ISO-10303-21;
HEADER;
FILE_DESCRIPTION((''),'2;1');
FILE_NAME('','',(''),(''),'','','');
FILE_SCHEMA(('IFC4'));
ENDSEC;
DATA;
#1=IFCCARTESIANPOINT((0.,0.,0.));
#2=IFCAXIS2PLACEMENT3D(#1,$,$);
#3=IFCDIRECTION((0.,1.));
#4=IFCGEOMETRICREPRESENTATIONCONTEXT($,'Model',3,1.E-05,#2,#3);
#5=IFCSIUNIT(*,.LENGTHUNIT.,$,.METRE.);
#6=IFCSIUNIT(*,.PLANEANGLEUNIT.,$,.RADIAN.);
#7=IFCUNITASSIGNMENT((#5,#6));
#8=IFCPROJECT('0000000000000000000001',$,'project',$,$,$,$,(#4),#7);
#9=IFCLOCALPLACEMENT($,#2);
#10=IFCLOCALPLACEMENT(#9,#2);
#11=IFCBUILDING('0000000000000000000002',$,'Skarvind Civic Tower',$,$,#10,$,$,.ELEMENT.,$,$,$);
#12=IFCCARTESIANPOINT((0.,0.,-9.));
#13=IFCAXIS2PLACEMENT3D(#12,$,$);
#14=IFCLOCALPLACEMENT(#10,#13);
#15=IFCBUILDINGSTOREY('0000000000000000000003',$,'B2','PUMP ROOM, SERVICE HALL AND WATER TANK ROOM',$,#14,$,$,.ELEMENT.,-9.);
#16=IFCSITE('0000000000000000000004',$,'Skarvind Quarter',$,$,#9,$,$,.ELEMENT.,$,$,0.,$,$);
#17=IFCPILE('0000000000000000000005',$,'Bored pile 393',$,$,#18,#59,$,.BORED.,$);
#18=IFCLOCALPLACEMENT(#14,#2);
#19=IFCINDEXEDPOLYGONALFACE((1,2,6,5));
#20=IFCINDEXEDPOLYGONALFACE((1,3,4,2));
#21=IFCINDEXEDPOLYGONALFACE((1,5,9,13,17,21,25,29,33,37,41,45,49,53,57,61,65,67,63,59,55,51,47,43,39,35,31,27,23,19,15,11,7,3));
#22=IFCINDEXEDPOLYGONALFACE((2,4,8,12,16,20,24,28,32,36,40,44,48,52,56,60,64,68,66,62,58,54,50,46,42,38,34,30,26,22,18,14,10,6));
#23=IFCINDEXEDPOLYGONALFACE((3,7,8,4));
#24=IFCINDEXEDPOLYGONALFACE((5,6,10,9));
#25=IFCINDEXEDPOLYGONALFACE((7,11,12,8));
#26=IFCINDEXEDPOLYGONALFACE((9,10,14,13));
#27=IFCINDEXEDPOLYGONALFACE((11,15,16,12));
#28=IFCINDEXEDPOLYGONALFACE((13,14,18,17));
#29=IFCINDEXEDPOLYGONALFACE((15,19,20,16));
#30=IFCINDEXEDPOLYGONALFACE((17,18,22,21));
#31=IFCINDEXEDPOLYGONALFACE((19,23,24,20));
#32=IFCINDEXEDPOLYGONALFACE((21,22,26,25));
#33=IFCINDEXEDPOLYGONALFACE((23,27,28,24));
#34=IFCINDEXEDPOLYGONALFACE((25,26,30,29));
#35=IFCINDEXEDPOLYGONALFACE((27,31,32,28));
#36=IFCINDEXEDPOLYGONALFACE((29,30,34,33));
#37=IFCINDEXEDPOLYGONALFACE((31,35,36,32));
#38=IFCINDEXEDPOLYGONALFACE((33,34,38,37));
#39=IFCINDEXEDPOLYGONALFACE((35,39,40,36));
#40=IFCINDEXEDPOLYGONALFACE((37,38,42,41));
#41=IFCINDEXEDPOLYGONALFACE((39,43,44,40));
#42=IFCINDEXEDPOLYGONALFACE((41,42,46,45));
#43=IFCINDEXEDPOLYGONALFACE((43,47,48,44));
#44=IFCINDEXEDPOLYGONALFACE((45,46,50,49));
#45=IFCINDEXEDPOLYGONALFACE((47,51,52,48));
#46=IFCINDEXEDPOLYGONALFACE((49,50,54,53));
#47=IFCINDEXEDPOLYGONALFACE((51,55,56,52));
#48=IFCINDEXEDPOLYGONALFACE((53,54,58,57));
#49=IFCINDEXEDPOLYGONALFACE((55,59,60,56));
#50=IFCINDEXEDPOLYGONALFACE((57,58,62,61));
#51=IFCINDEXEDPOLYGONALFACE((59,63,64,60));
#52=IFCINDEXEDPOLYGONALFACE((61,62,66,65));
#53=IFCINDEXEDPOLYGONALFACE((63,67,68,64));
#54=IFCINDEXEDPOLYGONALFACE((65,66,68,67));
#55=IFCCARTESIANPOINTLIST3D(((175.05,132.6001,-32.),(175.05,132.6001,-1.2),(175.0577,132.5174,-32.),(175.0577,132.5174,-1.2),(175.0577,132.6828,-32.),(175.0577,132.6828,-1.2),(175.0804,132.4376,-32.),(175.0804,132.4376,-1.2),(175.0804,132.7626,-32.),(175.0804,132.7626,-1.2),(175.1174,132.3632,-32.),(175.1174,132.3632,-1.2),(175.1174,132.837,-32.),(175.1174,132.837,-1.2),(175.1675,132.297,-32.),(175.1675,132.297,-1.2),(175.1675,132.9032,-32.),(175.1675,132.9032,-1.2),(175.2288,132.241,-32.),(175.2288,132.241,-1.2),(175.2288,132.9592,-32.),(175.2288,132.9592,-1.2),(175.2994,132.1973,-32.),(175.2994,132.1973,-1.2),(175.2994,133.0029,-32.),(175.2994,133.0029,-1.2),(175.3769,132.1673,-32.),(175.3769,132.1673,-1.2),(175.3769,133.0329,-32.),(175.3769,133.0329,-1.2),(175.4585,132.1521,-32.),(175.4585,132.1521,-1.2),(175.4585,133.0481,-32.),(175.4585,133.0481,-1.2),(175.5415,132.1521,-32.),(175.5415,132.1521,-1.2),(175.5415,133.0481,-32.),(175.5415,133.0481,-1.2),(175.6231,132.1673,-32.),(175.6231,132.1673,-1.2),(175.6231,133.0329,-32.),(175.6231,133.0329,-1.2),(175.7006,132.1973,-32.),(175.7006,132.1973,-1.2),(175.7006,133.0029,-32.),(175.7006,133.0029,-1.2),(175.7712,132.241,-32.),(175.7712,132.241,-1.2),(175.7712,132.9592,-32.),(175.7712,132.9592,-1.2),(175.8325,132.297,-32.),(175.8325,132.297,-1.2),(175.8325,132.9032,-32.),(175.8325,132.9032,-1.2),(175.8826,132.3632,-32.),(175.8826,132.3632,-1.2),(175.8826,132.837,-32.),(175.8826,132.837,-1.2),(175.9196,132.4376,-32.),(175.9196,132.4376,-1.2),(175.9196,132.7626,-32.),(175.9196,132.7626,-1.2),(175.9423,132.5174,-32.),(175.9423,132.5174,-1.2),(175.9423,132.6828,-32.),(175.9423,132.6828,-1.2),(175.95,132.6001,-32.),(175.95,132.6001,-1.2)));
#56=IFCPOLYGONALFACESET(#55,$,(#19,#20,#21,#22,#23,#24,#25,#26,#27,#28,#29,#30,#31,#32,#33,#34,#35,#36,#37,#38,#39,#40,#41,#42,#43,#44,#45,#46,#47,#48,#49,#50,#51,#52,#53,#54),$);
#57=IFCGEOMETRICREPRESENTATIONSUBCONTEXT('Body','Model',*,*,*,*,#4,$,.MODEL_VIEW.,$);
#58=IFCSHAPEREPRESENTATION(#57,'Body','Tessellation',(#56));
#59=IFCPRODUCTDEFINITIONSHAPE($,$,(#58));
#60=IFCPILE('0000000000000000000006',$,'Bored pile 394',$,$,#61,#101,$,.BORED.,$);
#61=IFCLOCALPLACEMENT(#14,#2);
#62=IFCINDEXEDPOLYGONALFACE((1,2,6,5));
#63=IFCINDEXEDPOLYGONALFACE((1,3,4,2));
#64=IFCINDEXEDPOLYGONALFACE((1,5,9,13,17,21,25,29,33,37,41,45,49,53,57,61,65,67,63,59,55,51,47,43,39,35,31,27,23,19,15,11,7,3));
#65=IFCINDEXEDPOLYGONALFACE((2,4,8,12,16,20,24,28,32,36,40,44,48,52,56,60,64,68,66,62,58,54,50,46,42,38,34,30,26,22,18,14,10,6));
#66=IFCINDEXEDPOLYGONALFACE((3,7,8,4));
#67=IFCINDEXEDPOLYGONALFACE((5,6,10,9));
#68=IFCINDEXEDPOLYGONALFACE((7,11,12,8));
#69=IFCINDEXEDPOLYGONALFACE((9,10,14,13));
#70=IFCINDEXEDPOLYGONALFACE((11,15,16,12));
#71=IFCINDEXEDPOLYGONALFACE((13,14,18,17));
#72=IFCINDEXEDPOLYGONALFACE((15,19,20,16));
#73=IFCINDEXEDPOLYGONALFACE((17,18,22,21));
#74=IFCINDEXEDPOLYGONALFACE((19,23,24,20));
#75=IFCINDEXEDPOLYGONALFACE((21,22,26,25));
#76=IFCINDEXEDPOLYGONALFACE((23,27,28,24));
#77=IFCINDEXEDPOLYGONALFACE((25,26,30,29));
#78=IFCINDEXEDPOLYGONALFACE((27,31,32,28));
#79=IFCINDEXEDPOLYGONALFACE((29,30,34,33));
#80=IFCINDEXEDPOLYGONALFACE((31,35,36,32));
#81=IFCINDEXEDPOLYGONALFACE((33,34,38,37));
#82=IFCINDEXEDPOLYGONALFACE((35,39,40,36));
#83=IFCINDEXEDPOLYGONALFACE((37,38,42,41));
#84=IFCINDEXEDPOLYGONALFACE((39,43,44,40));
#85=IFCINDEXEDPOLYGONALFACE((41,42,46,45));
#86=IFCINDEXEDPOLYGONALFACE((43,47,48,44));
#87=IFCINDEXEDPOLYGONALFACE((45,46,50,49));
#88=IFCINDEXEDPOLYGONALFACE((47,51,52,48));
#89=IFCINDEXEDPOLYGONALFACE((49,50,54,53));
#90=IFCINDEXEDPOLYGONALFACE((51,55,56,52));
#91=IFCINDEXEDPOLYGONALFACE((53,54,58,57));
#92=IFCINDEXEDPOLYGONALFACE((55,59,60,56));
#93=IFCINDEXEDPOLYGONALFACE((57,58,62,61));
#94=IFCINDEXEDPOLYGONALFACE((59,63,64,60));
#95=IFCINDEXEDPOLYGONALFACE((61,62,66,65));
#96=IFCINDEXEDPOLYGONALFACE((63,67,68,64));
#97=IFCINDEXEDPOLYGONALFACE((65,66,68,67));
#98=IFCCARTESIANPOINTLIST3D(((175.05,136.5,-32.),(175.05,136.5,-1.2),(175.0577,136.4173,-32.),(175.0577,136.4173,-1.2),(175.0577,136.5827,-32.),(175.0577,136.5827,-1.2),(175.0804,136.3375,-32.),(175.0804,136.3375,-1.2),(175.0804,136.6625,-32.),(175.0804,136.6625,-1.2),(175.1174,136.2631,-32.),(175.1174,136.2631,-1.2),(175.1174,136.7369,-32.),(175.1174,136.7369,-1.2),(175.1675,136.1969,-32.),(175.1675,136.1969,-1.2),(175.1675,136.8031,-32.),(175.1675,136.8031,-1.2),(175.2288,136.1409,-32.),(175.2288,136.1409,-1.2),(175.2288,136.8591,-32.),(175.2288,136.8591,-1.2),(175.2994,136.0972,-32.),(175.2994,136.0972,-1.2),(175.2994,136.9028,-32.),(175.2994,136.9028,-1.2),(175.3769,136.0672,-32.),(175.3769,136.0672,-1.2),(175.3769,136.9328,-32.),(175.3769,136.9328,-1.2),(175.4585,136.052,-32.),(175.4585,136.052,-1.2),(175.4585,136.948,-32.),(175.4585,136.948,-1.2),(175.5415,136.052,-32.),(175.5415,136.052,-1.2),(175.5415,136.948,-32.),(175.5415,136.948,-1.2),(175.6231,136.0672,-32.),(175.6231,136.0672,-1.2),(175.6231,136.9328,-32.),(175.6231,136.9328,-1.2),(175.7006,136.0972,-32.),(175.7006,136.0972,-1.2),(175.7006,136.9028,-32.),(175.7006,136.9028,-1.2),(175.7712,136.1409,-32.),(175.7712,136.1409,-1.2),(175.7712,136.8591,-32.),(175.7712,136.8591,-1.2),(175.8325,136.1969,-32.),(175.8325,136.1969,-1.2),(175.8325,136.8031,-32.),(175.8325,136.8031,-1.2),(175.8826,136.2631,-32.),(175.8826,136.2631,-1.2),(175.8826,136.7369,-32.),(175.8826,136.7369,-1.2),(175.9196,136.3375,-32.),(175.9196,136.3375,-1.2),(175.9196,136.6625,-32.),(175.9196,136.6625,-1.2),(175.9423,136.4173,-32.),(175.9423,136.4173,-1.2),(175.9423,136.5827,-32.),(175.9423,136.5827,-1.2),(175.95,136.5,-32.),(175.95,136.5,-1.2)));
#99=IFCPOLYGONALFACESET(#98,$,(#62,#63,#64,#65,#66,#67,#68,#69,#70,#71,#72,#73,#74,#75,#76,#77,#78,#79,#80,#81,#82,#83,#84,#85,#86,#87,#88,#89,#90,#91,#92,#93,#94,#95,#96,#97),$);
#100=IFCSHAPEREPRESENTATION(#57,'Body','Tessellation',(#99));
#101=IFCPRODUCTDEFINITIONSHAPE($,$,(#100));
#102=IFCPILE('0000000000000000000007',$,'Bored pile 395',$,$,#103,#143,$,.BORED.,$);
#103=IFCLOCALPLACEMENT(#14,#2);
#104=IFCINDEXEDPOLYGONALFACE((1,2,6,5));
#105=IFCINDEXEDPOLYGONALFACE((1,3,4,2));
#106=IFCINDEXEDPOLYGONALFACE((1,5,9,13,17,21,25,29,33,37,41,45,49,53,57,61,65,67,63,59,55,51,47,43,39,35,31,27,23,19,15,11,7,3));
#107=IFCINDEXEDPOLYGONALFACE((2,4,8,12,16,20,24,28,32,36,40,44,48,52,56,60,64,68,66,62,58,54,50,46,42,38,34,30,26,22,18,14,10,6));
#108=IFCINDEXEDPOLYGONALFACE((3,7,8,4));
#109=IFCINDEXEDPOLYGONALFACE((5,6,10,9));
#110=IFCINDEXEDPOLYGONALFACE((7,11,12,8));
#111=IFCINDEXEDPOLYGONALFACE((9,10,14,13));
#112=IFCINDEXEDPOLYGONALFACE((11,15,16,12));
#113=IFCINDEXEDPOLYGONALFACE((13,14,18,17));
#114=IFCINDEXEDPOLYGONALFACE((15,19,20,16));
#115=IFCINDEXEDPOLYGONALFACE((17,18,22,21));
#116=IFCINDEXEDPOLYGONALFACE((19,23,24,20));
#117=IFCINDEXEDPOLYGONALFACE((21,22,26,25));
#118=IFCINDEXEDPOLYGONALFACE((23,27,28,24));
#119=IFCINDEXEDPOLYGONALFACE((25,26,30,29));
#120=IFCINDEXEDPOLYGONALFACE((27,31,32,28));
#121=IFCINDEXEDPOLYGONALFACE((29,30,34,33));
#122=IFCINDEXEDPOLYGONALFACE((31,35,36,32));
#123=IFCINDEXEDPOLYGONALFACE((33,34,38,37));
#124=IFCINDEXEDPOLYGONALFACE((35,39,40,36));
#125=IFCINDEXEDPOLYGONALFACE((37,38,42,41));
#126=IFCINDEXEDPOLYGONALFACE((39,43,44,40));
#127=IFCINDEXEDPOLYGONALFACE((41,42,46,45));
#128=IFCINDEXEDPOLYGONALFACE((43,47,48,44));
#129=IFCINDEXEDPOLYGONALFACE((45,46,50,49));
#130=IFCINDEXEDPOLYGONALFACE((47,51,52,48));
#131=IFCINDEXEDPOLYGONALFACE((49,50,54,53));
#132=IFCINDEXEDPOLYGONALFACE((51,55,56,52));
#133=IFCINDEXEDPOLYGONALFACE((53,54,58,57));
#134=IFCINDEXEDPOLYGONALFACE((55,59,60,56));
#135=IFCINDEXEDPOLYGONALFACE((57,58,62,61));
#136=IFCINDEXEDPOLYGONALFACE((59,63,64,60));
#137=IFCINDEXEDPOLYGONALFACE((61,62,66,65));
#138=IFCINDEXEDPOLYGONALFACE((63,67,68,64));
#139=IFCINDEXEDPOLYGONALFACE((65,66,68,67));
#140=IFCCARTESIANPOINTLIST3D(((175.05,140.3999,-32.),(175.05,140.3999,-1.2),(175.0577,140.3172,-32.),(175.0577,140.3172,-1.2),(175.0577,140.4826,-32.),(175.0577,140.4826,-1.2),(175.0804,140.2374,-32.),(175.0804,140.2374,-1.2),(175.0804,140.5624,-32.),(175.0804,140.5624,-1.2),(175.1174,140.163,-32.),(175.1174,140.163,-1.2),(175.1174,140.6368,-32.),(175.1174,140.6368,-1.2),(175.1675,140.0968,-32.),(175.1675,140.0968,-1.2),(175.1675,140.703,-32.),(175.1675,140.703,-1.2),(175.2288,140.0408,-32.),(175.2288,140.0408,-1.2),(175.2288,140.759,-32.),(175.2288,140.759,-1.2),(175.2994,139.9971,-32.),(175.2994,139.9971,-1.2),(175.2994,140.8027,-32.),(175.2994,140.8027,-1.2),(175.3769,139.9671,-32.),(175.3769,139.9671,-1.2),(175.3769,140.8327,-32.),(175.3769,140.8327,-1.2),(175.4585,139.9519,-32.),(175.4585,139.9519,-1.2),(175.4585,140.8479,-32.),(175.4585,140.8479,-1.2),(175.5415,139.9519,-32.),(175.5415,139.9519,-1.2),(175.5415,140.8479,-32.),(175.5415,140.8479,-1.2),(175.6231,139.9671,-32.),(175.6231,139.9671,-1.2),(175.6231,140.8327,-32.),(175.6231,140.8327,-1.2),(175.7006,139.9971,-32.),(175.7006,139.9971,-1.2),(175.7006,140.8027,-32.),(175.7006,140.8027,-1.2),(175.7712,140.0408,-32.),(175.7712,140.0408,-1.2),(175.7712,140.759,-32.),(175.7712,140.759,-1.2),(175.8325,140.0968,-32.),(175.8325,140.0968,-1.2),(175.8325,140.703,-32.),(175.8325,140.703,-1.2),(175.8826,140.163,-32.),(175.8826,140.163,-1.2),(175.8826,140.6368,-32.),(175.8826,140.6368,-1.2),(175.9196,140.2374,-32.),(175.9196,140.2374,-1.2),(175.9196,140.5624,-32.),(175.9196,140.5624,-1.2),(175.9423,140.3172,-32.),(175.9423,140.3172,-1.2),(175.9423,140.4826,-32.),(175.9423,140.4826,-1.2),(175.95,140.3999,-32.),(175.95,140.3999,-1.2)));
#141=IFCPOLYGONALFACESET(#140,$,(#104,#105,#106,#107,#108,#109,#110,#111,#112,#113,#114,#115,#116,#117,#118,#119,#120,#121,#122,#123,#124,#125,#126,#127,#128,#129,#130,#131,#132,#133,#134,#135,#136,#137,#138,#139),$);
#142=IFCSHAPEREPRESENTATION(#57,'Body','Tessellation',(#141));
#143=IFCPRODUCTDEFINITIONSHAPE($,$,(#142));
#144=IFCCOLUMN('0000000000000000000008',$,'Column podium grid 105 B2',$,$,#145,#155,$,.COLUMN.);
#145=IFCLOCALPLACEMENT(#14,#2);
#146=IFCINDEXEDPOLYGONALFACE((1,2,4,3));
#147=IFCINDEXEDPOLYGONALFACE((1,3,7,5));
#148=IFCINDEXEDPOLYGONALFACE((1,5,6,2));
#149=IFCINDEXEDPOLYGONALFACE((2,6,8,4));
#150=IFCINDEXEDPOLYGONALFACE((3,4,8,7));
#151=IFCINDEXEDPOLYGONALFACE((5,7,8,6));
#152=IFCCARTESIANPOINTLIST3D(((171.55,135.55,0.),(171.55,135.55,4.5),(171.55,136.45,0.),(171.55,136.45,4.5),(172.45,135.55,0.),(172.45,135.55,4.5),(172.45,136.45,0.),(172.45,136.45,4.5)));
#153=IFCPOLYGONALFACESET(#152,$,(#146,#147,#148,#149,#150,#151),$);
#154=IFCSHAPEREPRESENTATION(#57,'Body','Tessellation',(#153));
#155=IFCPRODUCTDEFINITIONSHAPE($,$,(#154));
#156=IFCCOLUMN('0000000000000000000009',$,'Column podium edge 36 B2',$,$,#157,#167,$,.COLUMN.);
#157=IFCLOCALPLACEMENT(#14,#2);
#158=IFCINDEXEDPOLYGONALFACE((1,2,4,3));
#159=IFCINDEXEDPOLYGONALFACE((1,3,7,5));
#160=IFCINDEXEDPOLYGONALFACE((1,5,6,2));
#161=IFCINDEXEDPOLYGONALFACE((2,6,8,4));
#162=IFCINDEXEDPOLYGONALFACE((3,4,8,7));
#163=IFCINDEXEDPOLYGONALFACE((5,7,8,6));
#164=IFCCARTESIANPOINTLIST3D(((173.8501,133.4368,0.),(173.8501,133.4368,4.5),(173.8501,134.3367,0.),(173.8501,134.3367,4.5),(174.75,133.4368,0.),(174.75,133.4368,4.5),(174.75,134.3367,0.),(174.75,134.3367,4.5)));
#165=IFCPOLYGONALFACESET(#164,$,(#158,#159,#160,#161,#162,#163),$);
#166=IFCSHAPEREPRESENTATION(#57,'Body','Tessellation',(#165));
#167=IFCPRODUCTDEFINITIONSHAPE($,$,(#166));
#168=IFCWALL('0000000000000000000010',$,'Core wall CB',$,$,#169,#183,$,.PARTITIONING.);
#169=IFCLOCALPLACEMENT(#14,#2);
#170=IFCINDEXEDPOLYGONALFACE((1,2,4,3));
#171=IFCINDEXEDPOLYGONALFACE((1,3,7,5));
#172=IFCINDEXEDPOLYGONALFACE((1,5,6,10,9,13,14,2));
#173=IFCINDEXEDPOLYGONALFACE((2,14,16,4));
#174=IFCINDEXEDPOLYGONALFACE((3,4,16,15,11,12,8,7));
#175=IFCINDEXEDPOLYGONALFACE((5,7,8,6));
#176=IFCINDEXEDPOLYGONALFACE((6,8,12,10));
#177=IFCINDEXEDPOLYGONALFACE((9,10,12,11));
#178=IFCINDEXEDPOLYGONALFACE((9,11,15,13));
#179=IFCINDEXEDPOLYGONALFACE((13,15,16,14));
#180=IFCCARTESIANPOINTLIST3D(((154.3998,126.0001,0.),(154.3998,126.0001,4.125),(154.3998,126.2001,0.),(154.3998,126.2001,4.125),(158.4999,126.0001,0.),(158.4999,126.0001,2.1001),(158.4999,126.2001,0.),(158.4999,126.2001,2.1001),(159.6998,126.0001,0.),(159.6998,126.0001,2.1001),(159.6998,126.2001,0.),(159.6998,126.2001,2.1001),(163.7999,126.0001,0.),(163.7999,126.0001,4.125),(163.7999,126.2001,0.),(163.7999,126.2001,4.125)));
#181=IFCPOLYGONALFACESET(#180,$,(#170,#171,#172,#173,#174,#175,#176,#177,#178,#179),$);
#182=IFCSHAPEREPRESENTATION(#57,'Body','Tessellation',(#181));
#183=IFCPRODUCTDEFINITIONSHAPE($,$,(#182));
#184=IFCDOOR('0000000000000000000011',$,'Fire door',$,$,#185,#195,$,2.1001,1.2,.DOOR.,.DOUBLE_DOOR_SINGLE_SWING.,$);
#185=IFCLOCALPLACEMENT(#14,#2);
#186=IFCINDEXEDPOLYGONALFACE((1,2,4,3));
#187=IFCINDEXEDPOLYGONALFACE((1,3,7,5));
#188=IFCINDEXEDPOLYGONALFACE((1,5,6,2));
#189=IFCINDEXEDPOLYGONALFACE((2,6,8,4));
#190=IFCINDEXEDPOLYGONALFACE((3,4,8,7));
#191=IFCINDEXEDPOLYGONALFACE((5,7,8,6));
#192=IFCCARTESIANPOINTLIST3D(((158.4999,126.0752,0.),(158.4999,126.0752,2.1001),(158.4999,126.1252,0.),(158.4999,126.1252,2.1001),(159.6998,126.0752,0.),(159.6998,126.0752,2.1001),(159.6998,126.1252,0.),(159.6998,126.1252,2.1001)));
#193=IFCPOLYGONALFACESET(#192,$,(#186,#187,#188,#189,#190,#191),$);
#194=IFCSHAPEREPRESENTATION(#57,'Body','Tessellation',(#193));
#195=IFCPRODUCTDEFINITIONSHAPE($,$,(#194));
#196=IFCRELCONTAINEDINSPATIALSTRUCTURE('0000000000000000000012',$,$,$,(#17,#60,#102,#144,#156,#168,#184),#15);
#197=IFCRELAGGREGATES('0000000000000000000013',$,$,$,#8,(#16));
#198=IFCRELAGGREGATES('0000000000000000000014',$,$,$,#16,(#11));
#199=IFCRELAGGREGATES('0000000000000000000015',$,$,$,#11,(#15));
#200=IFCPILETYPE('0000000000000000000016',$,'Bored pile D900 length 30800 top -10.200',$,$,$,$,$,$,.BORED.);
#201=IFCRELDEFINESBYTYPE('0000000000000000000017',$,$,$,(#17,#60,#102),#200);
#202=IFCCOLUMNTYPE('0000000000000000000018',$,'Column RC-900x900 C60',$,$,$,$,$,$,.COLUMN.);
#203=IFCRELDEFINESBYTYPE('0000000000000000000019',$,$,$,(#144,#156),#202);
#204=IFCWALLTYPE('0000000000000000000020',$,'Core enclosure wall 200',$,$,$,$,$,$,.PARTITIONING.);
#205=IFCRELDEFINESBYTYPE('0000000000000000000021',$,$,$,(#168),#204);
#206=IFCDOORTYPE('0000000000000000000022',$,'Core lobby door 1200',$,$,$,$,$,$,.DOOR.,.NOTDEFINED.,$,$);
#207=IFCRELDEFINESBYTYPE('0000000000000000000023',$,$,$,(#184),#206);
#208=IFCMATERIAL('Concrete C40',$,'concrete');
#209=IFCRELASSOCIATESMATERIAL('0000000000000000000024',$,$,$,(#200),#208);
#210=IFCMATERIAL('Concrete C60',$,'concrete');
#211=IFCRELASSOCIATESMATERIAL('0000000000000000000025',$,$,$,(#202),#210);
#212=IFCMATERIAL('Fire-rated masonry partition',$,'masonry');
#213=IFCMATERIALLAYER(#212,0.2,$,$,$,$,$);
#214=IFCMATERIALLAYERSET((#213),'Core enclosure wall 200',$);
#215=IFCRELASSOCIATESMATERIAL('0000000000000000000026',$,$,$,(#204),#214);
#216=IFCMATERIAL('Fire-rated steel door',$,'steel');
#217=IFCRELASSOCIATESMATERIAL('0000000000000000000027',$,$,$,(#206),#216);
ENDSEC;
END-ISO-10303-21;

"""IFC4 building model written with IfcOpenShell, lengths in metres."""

from ifc_helpers import new_model, si_unit, direction, frame, frame_2d, origin, origin_2d, place, context, subcontext, project, spatial, rectangle, circle, extrude, material, layer, layer_set, material_profile, profile_set, type_object, element, fill, save


model = new_model("IFC4")

# Units and contexts
model_context = context("Model", 3, precision=1e-05, world=origin(), true_north=direction((0.0, 1.0)))
body_context = subcontext(model_context, "Body", "Model", "MODEL_VIEW")
ifc_project = project(units=[si_unit("LENGTHUNIT", "METRE"), si_unit("PLANEANGLEUNIT", "RADIAN")], contexts=[model_context])

# Site, building, storey
site_placement = place(None, origin())
site = spatial("IfcSite", under=ifc_project, at=site_placement, Name="Skarvind Quarter", CompositionType="ELEMENT", RefElevation=0.0)
building_placement = place(site_placement, origin())
building = spatial("IfcBuilding", under=site, at=building_placement, Name="Skarvind Civic Tower", CompositionType="ELEMENT")
storey_placement = place(building_placement, frame((0.0, 0.0, -9.0)))
storey = spatial("IfcBuildingStorey", under=building, at=storey_placement, Name="B2", Description="PUMP ROOM, SERVICE HALL AND WATER TANK ROOM", CompositionType="ELEMENT", Elevation=-9.0)

# Piles
ifc_material_1 = material(Name="Concrete C40", Category="concrete")
pile_type_1 = type_object("IfcPileType", Name="Bored pile D900 length 30800 top -10.200", PredefinedType="BORED", material=ifc_material_1)
for number, where, z_axis, x_axis, name in (
    (1, (175.5, 132.6001, -1.2), (0.0, 0.0, -1.0), (1.0, 0.0, 0.0), "Bored pile 393"),
    (2, (175.5, 136.5, -1.2), (0.0, 0.0, -1.0), (1.0, 0.0, 0.0), "Bored pile 394"),
    (3, (175.5, 140.3999, -1.2), (0.0, 0.0, -1.0), (1.0, 0.0, 0.0), "Bored pile 395"),
):
    element("IfcPile", number, at=place(storey_placement, frame(where, z_axis=z_axis, x_axis=x_axis)), inside=storey, type_object=pile_type_1, Name=name, PredefinedType="BORED", context=body_context, shape_type="SweptSolid", body=[
        extrude(circle(Radius=0.45, at=origin_2d()), origin(), (0.0, 0.0, 1.0), 30.8),
    ])

# Columns
ifc_material_2 = material(Name="Concrete C60", Category="concrete")
ifc_material_profile = material_profile(ifc_material_2, rectangle(XDim=0.8999, YDim=0.8999, at=origin_2d()), Name="RC-900x900")
ifc_profile_set = profile_set([ifc_material_profile], Name="Concrete C60")
column_type = type_object("IfcColumnType", Name="Column RC-900x900 C60", PredefinedType="COLUMN", material=ifc_profile_set)
for number, where, z_axis, x_axis, name in (
    (4, (172.0, 136.0, 0.0), (0.0, 0.0, 1.0), (1.0, 0.0, 0.0), "Column podium grid 105 B2"),
    (5, (174.3, 133.8867, 0.0), (0.0, 0.0, 1.0), (1.0, 0.0, 0.0), "Column podium edge 36 B2"),
):
    element("IfcColumn", number, at=place(storey_placement, frame(where, z_axis=z_axis, x_axis=x_axis)), inside=storey, type_object=column_type, Name=name, PredefinedType="COLUMN", context=body_context, shape_type="SweptSolid", body=[
        extrude(rectangle(XDim=0.8999, YDim=0.8999, at=origin_2d()), origin(), (0.0, 0.0, 1.0), 4.5),
    ])

# Wall, opening, door
ifc_material_3 = material(Name="Fire-rated masonry partition", Category="masonry")
ifc_layer_1 = layer(ifc_material_3, 0.2)
ifc_layer_set_1 = layer_set([ifc_layer_1], Name="Core enclosure wall 200")
wall_type_1 = type_object("IfcWallType", Name="Core enclosure wall 200", PredefinedType="PARTITIONING", material=ifc_layer_set_1)
wall_1_placement = place(storey_placement, frame((163.8, 126.1001, 0.0), z_axis=(0.0, 0.0, 1.0), x_axis=(-1.0, 0.0, 0.0)))
wall_1 = element("IfcWall", 6, at=wall_1_placement, inside=storey, type_object=wall_type_1, Name="Core wall CB", PredefinedType="PARTITIONING", context=body_context, shape_type="SweptSolid", body=[
    extrude(rectangle(XDim=9.4001, YDim=0.2, at=frame_2d((4.7002, 0.0))), origin(), (0.0, 0.0, 1.0), 4.125),
])
opening_1_placement = place(wall_1_placement, frame((4.1001, 0.0, 0.0)))
opening_1 = element("IfcOpeningElement", 7, at=opening_1_placement, cuts=wall_1, PredefinedType="OPENING", context=body_context, shape_type="SweptSolid", body=[
    extrude(rectangle(XDim=1.2, YDim=2.1001, at=frame_2d((0.6001, 1.05))), frame((0.0, 0.1099, 0.0), z_axis=(0.0, -1.0, 0.0), x_axis=(1.0, 0.0, 0.0)), (0.0, 0.0, 1.0), 0.22),
])
ifc_material_4 = material(Name="Fire-rated steel door", Category="steel")
door_type_1 = type_object("IfcDoorType", Name="Core lobby door 1200", OperationType="NOTDEFINED", PredefinedType="DOOR", material=ifc_material_4)
door_1_placement = place(opening_1_placement, origin())
door_1 = element("IfcDoor", 8, at=door_1_placement, inside=storey, type_object=door_type_1, Name="Fire door", OperationType="DOUBLE_DOOR_SINGLE_SWING", OverallHeight=2.1001, OverallWidth=1.2, PredefinedType="DOOR", context=body_context, shape_type="SweptSolid", body=[
    extrude(rectangle(XDim=1.2, YDim=2.1001, at=frame_2d((0.6001, 1.05))), frame((0.0, 0.0249, 0.0), z_axis=(0.0, -1.0, 0.0), x_axis=(1.0, 0.0, 0.0)), (0.0, 0.0, 1.0), 0.05),
])
fill(opening_1, door_1)

save(model, "model.ifc")
